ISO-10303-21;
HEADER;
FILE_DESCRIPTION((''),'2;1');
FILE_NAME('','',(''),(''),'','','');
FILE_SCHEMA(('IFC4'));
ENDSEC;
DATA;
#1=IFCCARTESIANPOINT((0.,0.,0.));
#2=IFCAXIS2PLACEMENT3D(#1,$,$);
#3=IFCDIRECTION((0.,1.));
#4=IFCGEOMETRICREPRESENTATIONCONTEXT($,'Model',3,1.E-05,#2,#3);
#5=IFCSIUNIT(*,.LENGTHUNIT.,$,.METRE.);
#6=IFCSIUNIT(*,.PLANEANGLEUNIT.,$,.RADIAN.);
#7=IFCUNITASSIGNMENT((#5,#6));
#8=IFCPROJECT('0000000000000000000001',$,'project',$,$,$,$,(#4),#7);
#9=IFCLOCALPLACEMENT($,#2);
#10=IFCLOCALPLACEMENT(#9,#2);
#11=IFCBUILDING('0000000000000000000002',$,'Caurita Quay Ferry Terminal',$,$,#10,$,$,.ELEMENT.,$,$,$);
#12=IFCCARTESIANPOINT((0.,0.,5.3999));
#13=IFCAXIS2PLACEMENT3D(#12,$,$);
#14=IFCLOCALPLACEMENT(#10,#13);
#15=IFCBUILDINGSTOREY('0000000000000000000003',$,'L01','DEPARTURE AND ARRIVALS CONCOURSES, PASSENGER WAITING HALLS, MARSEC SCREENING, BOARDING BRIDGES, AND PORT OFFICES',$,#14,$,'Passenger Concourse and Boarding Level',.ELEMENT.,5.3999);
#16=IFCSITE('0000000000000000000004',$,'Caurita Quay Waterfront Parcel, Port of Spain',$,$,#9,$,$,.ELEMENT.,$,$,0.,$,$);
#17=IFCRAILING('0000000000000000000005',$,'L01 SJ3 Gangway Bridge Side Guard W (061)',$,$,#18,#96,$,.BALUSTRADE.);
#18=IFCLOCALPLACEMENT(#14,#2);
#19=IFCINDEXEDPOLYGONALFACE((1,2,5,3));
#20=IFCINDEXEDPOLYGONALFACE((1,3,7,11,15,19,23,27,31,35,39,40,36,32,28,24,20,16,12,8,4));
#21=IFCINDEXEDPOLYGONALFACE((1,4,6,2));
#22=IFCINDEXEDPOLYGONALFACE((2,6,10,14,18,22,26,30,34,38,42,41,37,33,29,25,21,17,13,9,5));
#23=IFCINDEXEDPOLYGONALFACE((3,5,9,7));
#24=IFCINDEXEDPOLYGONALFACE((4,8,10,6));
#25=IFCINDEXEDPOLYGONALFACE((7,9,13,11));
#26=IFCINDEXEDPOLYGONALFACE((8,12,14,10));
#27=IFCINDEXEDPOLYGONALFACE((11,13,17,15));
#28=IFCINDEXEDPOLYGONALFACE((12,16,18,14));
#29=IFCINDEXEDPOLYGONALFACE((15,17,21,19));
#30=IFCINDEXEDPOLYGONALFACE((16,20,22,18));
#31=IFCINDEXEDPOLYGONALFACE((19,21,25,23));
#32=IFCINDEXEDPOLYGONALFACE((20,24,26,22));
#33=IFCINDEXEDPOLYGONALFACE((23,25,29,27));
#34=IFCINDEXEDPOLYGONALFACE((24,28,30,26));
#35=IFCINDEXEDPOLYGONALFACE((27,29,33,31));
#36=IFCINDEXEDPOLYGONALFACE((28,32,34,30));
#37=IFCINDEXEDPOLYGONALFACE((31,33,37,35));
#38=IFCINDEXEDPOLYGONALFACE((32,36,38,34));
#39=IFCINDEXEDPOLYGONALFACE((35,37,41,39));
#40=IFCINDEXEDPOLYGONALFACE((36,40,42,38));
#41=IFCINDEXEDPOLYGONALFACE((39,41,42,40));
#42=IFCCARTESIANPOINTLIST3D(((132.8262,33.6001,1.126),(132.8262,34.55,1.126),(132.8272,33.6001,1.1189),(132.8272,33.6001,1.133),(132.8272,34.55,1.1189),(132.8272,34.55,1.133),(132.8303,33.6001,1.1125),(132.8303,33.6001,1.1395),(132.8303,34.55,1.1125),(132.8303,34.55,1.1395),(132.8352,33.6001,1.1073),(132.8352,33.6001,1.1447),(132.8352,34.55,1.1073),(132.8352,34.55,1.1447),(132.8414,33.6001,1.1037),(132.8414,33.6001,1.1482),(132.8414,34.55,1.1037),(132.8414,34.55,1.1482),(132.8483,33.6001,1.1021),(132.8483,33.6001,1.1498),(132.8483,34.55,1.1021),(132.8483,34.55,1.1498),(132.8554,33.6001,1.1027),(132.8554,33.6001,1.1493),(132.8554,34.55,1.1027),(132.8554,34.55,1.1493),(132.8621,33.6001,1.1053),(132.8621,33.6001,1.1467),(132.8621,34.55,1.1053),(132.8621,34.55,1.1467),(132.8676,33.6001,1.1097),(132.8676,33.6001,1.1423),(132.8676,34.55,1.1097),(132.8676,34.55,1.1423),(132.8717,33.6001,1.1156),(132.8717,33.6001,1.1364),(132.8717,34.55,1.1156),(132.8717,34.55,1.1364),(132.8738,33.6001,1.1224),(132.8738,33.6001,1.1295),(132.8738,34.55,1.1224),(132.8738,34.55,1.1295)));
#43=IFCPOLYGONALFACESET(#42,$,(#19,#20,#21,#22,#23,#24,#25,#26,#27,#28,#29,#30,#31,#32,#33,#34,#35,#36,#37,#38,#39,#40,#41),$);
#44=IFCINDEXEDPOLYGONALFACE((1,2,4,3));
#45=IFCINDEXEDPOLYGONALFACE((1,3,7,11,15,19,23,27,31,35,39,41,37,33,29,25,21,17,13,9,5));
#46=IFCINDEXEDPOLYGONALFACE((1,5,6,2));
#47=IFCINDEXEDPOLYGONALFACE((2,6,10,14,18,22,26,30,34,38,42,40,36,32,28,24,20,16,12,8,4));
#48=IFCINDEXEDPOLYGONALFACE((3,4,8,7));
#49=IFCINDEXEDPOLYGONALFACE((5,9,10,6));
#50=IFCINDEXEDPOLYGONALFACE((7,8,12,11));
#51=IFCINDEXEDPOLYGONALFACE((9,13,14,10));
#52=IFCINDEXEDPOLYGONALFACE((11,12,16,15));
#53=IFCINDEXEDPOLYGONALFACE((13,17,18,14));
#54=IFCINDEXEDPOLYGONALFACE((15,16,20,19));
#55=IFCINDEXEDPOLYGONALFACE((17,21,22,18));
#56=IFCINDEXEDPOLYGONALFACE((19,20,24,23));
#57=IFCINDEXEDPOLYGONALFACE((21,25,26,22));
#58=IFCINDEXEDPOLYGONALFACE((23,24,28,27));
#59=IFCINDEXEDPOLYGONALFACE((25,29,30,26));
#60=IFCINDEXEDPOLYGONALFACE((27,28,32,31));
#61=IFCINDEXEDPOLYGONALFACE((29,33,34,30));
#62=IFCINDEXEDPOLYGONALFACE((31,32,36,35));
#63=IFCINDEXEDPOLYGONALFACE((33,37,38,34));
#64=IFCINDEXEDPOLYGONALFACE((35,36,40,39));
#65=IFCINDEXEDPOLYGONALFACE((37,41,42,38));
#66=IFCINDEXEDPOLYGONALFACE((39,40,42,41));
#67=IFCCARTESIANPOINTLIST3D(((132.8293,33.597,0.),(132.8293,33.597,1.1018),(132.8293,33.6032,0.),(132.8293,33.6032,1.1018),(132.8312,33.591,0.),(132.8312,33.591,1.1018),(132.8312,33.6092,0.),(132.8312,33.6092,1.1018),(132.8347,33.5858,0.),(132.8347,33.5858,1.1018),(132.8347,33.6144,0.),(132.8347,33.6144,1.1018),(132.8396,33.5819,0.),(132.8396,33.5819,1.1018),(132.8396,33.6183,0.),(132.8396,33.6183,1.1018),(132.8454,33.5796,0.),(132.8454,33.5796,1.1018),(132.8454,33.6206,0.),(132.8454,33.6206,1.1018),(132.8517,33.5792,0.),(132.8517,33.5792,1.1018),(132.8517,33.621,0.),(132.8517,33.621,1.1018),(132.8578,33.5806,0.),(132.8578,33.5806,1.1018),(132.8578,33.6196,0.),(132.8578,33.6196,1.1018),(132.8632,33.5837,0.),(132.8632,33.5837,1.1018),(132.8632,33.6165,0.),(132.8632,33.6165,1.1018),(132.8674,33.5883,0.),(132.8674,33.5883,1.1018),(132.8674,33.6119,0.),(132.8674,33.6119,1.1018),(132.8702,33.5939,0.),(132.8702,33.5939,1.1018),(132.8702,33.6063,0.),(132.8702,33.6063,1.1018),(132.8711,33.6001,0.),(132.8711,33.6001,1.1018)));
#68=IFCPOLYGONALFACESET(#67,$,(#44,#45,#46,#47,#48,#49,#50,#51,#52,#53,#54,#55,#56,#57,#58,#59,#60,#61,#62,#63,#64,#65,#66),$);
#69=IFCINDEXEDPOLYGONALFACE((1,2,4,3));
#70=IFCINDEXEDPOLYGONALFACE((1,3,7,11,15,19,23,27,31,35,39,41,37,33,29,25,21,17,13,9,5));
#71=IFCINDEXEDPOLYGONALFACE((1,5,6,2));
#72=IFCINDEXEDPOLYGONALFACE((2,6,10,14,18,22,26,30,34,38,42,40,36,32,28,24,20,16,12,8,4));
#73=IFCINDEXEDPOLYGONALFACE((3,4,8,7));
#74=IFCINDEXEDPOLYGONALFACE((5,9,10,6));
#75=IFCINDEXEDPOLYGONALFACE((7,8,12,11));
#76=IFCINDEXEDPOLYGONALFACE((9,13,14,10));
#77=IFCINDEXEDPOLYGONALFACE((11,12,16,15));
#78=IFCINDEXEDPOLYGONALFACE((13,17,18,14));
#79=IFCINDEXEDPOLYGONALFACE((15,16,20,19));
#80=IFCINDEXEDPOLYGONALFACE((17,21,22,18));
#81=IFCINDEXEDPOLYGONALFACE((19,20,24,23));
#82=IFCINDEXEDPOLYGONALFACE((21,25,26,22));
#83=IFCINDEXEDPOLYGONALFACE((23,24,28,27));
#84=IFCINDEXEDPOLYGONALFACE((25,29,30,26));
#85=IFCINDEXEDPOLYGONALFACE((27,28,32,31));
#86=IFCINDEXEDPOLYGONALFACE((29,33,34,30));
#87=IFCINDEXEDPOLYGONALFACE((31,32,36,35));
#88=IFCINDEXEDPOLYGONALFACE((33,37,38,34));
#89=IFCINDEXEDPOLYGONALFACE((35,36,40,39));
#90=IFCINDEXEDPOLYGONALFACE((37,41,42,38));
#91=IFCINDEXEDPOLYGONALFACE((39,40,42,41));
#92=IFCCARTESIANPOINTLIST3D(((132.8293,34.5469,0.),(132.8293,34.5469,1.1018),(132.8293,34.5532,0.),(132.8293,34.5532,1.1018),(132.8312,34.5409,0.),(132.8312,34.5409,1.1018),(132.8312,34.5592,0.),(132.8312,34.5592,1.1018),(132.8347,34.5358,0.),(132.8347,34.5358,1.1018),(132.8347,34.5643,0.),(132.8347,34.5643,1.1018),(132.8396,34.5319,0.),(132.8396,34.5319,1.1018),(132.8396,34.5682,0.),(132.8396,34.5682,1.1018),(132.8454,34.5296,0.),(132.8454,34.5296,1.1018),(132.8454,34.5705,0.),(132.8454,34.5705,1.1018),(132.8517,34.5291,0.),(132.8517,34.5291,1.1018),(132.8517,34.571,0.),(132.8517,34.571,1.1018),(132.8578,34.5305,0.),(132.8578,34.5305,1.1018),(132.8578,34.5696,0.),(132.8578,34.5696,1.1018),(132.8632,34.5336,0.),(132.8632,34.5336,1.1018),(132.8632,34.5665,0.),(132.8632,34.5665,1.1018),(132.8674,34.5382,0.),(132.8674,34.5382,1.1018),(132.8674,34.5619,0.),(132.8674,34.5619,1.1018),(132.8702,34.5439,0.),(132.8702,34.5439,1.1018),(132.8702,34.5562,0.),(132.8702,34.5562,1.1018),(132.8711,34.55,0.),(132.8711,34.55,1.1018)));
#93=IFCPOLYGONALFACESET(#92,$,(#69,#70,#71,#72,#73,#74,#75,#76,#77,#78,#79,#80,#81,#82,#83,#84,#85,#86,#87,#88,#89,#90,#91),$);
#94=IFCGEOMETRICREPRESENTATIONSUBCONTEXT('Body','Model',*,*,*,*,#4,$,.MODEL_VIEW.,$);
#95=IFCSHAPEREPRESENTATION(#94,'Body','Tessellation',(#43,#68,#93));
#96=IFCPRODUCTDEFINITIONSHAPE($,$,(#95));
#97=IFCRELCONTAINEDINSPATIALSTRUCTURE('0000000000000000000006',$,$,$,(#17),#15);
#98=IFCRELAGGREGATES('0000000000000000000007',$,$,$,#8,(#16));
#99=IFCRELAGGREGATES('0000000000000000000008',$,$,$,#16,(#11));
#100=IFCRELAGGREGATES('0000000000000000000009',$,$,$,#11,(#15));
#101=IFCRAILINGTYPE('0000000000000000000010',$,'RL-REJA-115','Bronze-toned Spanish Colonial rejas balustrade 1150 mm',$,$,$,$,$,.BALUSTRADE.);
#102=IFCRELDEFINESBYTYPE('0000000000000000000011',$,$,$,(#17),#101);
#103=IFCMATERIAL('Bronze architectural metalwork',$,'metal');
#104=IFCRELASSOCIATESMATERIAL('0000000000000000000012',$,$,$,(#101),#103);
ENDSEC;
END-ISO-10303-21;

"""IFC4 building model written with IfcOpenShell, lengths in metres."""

from ifc_helpers import new_model, si_unit, direction, frame, origin, origin_2d, place, context, subcontext, project, spatial, circle, extrude, material, type_object, element, save


model = new_model("IFC4")

# Units and contexts
model_context = context("Model", 3, precision=1e-05, world=origin(), true_north=direction((0.0, 1.0)))
body_context = subcontext(model_context, "Body", "Model", "MODEL_VIEW")
ifc_project = project(units=[si_unit("LENGTHUNIT", "METRE"), si_unit("PLANEANGLEUNIT", "RADIAN")], contexts=[model_context])

# Site, building, storey
site_placement = place(None, origin())
site = spatial("IfcSite", under=ifc_project, at=site_placement, Name="Caurita Quay Waterfront Parcel, Port of Spain", CompositionType="ELEMENT", RefElevation=0.0)
building_placement = place(site_placement, origin())
building = spatial("IfcBuilding", under=site, at=building_placement, Name="Caurita Quay Ferry Terminal", CompositionType="ELEMENT")
storey_placement = place(building_placement, frame((0.0, 0.0, 5.3999)))
storey = spatial("IfcBuildingStorey", under=building, at=storey_placement, Name="L01", Description="DEPARTURE AND ARRIVALS CONCOURSES, PASSENGER WAITING HALLS, MARSEC SCREENING, BOARDING BRIDGES, AND PORT OFFICES", LongName="Passenger Concourse and Boarding Level", CompositionType="ELEMENT", Elevation=5.3999)

# Railing
ifc_material_1 = material(Name="Bronze architectural metalwork", Category="metal")
railing_type = type_object("IfcRailingType", Name="RL-REJA-115", Description="Bronze-toned Spanish Colonial rejas balustrade 1150 mm", PredefinedType="BALUSTRADE", material=ifc_material_1)
railing_placement = place(storey_placement, frame((132.8501, 33.6001, 0.0)))
element("IfcRailing", 1, at=railing_placement, inside=storey, type_object=railing_type, Name="L01 SJ3 Gangway Bridge Side Guard W (061)", PredefinedType="BALUSTRADE", context=body_context, shape_type="SweptSolid", body=[
    extrude(circle(Radius=0.0239, at=origin_2d()), frame((0.0, 0.0, 1.126), z_axis=(0.0, 1.0, 0.0), x_axis=(-1.0, 0.0, 0.0)), (0.0, 0.0, 1.0), 0.95),
    extrude(circle(Radius=0.021, at=origin_2d()), origin(), (0.0, 0.0, 1.0), 1.1018),
    extrude(circle(Radius=0.021, at=origin_2d()), frame((0.0, 0.95, 0.0)), (0.0, 0.0, 1.0), 1.1018),
])

save(model, "model.ifc")
